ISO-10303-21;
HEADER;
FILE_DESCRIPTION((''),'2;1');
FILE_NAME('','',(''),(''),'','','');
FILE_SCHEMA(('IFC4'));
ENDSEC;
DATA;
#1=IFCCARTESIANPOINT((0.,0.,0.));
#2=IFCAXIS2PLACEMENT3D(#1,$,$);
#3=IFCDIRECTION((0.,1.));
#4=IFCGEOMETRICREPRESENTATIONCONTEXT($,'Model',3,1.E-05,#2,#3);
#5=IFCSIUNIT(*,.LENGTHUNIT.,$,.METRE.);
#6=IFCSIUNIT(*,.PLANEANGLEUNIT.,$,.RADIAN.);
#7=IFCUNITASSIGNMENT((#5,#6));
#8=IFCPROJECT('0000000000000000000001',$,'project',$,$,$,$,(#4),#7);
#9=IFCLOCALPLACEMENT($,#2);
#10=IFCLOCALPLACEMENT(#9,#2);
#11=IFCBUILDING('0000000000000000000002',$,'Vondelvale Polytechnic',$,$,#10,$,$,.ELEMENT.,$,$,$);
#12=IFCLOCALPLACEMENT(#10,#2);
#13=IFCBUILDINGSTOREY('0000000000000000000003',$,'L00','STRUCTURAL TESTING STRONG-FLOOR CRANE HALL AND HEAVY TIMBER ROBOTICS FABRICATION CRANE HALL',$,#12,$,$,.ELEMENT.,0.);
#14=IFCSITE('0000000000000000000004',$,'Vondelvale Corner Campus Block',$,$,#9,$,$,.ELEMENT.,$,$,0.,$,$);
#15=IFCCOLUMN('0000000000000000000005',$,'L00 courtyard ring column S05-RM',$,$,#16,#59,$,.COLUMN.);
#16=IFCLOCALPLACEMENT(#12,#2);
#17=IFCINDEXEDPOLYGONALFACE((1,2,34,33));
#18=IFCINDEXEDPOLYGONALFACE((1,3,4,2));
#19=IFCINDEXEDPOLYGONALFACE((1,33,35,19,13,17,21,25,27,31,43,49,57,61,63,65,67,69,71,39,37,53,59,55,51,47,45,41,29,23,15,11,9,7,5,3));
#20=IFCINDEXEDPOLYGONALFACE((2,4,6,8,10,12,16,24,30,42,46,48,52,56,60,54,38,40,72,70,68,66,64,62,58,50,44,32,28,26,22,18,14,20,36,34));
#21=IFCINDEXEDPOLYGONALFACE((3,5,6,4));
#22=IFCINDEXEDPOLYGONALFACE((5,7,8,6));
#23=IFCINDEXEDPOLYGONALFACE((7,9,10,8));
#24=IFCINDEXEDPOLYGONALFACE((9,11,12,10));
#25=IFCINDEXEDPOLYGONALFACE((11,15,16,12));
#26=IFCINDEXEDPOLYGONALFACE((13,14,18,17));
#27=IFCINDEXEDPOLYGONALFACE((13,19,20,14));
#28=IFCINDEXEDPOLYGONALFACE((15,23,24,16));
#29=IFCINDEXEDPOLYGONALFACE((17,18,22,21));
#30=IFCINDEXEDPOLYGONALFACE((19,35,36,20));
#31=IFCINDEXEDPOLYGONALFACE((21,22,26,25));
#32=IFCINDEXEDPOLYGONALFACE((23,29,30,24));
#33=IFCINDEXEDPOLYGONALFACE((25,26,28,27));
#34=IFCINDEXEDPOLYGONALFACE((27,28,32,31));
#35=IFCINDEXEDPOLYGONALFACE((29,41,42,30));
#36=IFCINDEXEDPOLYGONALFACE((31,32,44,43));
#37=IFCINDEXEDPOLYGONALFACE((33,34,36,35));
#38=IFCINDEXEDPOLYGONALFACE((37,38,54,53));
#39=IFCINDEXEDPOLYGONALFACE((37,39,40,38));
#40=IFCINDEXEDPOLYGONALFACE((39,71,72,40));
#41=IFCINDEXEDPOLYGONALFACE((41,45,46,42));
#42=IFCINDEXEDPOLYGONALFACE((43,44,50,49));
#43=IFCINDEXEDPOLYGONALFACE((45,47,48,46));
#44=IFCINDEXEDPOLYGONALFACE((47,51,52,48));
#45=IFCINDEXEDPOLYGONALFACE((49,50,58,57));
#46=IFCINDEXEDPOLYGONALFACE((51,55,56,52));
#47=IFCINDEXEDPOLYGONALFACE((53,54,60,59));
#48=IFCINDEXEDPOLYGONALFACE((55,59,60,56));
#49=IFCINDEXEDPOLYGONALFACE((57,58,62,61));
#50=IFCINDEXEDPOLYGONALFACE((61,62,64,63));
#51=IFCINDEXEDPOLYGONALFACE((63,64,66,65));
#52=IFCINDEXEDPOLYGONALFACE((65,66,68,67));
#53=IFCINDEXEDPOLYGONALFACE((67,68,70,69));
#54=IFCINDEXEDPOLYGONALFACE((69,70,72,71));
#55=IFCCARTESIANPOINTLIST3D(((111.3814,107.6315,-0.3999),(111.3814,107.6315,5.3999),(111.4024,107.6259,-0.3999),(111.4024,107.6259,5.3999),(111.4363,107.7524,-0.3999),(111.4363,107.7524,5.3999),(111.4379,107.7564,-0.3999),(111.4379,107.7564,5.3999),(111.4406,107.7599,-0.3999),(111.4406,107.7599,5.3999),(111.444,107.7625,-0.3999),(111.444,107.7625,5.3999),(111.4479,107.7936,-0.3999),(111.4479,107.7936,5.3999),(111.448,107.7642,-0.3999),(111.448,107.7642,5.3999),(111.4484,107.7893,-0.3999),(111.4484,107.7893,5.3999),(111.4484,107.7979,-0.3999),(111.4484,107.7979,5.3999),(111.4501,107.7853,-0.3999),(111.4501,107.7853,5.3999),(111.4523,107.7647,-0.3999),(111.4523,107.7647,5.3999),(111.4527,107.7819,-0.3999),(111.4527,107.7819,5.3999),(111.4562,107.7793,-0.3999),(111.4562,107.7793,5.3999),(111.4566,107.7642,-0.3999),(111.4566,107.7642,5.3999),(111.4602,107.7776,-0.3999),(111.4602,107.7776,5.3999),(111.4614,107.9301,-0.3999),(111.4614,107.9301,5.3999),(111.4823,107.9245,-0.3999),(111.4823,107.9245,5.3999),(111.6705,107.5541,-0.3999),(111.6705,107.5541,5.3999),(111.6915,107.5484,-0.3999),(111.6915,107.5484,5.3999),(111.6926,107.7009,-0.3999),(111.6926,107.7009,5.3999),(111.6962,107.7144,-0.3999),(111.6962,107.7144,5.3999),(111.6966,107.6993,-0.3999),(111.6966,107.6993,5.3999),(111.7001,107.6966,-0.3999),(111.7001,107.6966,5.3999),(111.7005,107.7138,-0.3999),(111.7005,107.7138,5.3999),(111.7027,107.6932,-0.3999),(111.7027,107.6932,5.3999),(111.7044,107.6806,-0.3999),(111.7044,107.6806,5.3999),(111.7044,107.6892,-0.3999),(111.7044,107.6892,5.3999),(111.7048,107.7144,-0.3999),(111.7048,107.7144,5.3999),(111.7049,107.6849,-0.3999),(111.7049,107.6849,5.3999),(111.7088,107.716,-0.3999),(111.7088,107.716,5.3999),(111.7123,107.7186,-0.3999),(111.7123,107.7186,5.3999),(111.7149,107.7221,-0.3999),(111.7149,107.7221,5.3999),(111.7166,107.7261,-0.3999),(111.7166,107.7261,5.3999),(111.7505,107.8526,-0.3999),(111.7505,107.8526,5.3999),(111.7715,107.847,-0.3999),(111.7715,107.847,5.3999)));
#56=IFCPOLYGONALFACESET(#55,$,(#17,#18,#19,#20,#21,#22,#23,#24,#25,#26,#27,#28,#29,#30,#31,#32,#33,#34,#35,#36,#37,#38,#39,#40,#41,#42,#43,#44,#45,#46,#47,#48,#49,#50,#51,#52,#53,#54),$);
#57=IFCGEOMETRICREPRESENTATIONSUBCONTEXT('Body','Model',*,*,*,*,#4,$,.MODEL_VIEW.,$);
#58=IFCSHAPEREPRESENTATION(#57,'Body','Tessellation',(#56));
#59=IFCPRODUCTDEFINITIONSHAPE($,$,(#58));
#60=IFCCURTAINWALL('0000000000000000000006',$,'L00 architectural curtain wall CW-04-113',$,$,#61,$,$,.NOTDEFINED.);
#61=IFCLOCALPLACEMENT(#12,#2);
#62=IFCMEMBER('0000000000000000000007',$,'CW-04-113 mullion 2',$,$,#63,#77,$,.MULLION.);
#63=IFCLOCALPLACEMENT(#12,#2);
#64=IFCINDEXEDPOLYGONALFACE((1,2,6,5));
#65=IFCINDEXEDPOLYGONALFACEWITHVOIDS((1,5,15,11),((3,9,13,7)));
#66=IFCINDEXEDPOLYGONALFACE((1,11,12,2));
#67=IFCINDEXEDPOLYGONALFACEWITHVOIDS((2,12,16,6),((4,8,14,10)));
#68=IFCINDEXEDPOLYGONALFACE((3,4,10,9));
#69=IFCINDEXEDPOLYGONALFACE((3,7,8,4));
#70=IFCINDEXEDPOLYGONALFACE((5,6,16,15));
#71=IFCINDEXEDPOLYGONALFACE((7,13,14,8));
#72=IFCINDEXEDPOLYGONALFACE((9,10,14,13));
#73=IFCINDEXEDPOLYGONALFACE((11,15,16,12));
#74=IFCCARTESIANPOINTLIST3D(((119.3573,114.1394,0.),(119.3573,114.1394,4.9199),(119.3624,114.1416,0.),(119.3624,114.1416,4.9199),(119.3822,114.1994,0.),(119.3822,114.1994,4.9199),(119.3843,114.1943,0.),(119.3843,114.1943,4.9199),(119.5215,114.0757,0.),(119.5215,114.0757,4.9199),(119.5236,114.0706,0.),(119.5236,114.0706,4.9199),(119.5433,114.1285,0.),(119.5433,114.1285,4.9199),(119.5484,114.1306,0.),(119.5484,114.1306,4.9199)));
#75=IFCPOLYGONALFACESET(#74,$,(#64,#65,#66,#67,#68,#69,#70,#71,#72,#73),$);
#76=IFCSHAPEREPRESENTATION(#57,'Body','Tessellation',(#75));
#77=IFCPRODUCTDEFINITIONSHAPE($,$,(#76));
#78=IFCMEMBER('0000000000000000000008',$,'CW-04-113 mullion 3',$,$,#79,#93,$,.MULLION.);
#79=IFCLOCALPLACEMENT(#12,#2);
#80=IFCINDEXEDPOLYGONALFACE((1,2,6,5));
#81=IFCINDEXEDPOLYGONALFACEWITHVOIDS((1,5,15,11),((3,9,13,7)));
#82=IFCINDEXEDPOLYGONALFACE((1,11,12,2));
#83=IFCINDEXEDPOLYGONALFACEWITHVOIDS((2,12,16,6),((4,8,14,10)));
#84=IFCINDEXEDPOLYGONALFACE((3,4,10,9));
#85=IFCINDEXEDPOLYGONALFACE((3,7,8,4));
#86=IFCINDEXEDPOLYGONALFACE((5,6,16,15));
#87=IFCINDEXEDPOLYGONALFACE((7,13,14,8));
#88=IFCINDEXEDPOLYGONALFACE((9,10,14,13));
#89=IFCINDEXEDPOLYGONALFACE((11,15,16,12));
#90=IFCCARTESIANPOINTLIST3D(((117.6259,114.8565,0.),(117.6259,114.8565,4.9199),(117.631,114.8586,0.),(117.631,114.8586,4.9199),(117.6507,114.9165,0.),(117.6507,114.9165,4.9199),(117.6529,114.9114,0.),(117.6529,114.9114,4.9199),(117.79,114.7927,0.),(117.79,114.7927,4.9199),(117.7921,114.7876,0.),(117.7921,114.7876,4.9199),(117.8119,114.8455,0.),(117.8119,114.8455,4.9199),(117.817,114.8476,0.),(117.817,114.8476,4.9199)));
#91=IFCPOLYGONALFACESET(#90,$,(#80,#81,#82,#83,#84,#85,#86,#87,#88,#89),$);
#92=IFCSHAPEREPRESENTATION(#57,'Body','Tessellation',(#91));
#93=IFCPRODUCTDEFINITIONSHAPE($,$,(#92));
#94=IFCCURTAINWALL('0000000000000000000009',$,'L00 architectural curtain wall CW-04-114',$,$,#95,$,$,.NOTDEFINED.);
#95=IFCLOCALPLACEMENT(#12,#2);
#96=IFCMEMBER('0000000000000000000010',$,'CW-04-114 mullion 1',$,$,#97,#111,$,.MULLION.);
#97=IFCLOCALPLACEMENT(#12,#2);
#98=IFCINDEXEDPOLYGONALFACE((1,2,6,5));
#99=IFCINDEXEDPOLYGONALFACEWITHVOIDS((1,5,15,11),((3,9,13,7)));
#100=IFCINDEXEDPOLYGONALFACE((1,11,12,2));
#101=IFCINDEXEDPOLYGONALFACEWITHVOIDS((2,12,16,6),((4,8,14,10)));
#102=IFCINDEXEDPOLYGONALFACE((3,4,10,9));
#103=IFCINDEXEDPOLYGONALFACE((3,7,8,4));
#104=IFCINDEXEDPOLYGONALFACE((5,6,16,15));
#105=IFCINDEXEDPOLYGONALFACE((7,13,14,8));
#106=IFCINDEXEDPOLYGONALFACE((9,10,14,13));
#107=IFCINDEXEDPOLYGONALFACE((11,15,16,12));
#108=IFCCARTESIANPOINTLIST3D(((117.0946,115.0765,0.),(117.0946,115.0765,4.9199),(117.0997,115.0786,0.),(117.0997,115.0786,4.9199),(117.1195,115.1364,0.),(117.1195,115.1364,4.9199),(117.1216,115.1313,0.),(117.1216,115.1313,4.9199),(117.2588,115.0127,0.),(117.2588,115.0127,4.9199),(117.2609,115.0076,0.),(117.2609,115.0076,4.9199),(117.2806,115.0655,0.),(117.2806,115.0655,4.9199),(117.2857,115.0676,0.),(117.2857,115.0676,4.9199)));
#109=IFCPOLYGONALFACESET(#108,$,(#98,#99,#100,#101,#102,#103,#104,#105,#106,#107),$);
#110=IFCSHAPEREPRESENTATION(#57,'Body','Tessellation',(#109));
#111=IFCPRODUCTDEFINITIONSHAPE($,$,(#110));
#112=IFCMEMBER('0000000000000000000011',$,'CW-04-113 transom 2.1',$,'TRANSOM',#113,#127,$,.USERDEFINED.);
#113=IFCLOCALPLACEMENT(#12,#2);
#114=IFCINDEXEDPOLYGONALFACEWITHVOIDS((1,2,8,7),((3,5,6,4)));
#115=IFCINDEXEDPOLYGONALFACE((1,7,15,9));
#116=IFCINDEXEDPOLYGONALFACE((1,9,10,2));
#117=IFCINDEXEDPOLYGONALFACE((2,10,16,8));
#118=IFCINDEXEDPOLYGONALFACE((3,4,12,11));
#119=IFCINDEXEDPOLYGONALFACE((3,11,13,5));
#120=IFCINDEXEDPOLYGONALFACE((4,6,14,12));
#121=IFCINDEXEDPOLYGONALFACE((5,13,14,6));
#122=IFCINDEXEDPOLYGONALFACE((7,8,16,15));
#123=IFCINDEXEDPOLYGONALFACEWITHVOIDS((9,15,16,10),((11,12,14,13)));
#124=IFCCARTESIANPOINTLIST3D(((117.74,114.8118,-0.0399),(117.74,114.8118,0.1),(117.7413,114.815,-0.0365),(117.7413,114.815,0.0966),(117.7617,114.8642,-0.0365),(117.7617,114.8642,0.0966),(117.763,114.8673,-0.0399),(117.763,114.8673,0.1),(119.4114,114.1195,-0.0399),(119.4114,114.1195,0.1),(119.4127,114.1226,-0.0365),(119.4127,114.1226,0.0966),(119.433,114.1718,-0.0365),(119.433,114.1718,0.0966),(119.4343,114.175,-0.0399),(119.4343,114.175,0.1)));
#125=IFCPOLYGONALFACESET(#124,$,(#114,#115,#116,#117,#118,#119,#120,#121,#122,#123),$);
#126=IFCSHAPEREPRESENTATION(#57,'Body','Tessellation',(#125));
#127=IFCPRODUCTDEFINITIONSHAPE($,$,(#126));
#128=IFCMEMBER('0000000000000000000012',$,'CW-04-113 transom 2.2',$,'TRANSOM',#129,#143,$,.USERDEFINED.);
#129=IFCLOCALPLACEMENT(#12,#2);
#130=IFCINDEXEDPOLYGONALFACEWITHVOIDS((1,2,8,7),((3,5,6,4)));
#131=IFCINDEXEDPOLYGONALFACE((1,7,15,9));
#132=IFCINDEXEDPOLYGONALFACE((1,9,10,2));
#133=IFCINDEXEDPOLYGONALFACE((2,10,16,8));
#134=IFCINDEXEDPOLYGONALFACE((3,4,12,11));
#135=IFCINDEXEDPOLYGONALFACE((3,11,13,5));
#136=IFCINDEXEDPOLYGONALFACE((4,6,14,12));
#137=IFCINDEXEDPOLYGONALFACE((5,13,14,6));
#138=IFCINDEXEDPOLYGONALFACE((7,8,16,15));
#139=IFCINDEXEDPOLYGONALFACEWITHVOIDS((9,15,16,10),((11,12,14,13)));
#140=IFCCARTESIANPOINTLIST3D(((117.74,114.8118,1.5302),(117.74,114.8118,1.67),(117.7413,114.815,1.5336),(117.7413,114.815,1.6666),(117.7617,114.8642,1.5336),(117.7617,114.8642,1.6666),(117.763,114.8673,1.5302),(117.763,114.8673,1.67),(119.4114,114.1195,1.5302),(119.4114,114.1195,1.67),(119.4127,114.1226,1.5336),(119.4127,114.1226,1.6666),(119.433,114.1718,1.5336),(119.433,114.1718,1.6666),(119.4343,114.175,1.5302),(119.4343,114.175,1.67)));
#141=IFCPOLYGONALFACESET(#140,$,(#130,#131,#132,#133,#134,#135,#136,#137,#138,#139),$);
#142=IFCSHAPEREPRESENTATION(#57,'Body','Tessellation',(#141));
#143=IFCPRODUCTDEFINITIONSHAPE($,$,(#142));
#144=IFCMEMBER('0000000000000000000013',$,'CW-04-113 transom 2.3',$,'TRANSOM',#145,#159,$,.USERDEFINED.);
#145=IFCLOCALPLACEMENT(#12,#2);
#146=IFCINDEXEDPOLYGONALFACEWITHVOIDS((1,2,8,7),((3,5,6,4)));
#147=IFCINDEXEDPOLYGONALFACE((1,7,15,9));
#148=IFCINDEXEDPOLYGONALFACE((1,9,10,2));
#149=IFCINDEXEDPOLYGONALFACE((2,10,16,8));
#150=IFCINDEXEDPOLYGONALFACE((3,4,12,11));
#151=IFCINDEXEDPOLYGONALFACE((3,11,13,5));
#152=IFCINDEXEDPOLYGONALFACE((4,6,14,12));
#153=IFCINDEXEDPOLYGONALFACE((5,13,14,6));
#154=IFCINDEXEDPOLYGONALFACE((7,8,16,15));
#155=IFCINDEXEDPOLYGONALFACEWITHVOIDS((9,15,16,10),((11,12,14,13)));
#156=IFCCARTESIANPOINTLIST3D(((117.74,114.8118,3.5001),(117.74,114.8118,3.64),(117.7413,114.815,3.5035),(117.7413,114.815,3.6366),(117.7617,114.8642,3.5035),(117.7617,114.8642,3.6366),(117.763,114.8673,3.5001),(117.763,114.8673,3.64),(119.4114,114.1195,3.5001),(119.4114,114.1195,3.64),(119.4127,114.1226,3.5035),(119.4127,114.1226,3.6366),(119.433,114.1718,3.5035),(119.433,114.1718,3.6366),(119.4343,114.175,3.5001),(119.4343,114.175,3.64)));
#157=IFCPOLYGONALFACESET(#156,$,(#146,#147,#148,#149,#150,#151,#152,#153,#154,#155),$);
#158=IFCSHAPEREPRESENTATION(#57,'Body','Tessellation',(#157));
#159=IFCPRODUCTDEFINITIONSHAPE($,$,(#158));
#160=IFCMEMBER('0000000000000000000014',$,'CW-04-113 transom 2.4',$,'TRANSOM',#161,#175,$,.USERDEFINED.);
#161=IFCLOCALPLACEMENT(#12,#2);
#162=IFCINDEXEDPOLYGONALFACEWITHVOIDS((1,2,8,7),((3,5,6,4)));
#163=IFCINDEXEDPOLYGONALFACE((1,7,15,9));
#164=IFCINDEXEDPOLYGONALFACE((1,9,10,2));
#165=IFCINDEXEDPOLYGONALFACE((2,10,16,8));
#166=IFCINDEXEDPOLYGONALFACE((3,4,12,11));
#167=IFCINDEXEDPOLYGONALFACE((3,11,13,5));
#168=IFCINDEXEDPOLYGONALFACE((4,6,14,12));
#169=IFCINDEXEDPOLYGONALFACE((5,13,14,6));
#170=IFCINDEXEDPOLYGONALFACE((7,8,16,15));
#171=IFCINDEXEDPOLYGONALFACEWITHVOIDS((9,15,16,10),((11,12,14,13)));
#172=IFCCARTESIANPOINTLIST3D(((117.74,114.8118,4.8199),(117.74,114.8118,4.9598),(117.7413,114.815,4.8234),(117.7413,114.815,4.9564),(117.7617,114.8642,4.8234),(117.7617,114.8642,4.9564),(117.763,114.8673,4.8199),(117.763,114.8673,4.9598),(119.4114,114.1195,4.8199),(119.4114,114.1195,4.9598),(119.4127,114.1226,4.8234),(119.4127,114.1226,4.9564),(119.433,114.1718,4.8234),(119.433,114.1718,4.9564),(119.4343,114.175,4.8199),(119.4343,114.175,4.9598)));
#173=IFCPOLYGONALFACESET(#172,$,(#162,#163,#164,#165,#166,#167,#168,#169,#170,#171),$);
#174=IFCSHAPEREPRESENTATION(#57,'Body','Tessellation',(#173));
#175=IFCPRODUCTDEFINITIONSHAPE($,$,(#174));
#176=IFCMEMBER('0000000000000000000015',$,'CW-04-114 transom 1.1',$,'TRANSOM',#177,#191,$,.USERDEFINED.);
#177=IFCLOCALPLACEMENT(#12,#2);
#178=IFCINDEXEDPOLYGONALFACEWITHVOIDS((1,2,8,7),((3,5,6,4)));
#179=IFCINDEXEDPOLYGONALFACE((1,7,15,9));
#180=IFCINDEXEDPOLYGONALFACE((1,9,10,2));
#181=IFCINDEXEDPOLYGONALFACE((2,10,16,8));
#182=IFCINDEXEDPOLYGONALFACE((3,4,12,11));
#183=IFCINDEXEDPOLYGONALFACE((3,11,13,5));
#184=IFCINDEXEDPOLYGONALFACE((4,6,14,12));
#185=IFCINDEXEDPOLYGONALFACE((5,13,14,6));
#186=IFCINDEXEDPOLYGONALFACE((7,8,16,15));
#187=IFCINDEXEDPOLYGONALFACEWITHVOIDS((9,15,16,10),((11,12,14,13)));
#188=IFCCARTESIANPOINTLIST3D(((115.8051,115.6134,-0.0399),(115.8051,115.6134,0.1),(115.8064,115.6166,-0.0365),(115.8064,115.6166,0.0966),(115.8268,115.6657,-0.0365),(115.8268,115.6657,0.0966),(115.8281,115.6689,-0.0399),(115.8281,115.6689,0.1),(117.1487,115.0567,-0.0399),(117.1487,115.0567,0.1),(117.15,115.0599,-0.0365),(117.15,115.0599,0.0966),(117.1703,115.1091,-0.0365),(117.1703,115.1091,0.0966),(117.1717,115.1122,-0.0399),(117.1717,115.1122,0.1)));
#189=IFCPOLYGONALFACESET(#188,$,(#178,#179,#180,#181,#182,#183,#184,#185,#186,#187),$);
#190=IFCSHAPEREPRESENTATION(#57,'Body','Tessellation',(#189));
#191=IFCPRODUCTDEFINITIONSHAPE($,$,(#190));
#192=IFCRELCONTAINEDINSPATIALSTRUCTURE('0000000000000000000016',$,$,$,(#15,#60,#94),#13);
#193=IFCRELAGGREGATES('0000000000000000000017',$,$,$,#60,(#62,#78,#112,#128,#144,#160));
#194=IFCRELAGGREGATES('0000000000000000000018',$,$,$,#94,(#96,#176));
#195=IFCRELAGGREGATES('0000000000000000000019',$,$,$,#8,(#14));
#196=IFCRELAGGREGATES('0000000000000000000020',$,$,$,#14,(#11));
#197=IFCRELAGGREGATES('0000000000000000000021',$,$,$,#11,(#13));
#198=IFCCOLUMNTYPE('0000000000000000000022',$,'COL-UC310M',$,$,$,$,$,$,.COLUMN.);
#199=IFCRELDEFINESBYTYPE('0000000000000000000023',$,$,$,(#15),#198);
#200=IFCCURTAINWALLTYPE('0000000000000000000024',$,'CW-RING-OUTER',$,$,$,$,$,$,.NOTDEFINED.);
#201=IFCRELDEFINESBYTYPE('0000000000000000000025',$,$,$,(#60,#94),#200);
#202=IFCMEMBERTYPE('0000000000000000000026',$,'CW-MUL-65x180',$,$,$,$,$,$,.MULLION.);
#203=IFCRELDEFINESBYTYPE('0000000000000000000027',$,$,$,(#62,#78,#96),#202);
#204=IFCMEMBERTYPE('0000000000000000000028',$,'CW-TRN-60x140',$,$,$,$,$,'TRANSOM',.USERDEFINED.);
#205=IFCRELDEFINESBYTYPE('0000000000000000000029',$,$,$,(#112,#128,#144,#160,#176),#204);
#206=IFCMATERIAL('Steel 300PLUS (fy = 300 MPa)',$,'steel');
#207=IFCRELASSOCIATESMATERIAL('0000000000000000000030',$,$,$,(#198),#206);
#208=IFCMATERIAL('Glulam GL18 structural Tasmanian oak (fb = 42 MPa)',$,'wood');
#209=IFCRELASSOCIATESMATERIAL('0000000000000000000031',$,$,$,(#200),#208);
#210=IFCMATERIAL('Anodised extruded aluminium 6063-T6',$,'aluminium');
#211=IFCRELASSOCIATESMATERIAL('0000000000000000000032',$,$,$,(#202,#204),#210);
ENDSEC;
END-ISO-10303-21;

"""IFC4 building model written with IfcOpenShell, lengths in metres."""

from ifc_helpers import new_model, si_unit, direction, frame, origin, origin_2d, place, context, subcontext, project, spatial, hollow_rectangle, i_section, extrude, material, material_profile, profile_set, type_object, element, aggregate, save


model = new_model("IFC4")

# Units and contexts
model_context = context("Model", 3, precision=1e-05, world=origin(), true_north=direction((0.0, 1.0)))
body_context = subcontext(model_context, "Body", "Model", "MODEL_VIEW")
ifc_project = project(units=[si_unit("LENGTHUNIT", "METRE"), si_unit("PLANEANGLEUNIT", "RADIAN")], contexts=[model_context])

# Site, building, storey
site_placement = place(None, origin())
site = spatial("IfcSite", under=ifc_project, at=site_placement, Name="Vondelvale Corner Campus Block", CompositionType="ELEMENT", RefElevation=0.0)
building_placement = place(site_placement, origin())
building = spatial("IfcBuilding", under=site, at=building_placement, Name="Vondelvale Polytechnic", CompositionType="ELEMENT")
storey_placement = place(building_placement, origin())
storey = spatial("IfcBuildingStorey", under=building, at=storey_placement, Name="L00", Description="STRUCTURAL TESTING STRONG-FLOOR CRANE HALL AND HEAVY TIMBER ROBOTICS FABRICATION CRANE HALL", CompositionType="ELEMENT", Elevation=0.0)

# Column
ifc_material_1 = material(Name="Glulam GL18 structural Tasmanian oak (fb = 42 MPa)", Category="wood")
ifc_material_2 = material(Name="Steel 300PLUS (fy = 300 MPa)", Category="steel")
ifc_material_profile_1 = material_profile(ifc_material_2, i_section(OverallWidth=0.3091, OverallDepth=0.321, WebThickness=0.0139, FlangeThickness=0.0217, FilletRadius=0.0166, at=origin_2d()), Name="310UC137")
ifc_profile_set_1 = profile_set([ifc_material_profile_1], Name="Steel 300PLUS (fy = 300 MPa)")
column_type_1 = type_object("IfcColumnType", Name="COL-UC310M", PredefinedType="COLUMN", material=ifc_profile_set_1)
for number, where, z_axis, x_axis, name in (
    (1, (111.5764, 107.7393, -0.3999), (0.0, 0.0, 1.0), (0.258819, 0.965926, 0.0), "L00 courtyard ring column S05-RM"),
):
    element("IfcColumn", number, at=place(storey_placement, frame(where, z_axis=z_axis, x_axis=x_axis)), inside=storey, type_object=column_type_1, Name=name, PredefinedType="COLUMN", context=body_context, shape_type="SweptSolid", body=[
        extrude(i_section(OverallWidth=0.3091, OverallDepth=0.321, WebThickness=0.0139, FlangeThickness=0.0217, FilletRadius=0.0166, at=origin_2d()), origin(), (0.0, 0.0, 1.0), 5.7998),
    ])

# Curtain wall, members
curtain_wall_type = type_object("IfcCurtainWallType", Name="CW-RING-OUTER", PredefinedType="NOTDEFINED", material=ifc_material_1)
curtain_wall_1_placement = place(storey_placement, origin())
curtain_wall_1 = element("IfcCurtainWall", 2, at=curtain_wall_1_placement, inside=storey, type_object=curtain_wall_type, Name="L00 architectural curtain wall CW-04-113", PredefinedType="NOTDEFINED")
ifc_material_3 = material(Name="Anodised extruded aluminium 6063-T6", Category="aluminium")
ifc_material_profile_2 = material_profile(ifc_material_3, hollow_rectangle(XDim=0.0649, YDim=0.1799, WallThickness=0.0039, at=origin_2d()), Name="CW-MUL-180x65")
ifc_profile_set_2 = profile_set([ifc_material_profile_2], Name="Anodised extruded aluminium 6063-T6")
member_type_1 = type_object("IfcMemberType", Name="CW-MUL-65x180", PredefinedType="MULLION", material=ifc_profile_set_2)
member_1_placement = place(storey_placement, frame((119.4529, 114.135, 0.0), z_axis=(0.0, 0.0, 1.0), x_axis=(-0.382695, -0.923875, 0.0)))
member_1 = element("IfcMember", 3, at=member_1_placement, type_object=member_type_1, Name="CW-04-113 mullion 2", PredefinedType="MULLION", context=body_context, shape_type="SweptSolid", body=[
    extrude(hollow_rectangle(XDim=0.0649, YDim=0.1799, WallThickness=0.0039, at=origin_2d()), origin(), (0.0, 0.0, 1.0), 4.9199),
])
member_2_placement = place(storey_placement, frame((117.7214, 114.8521, 0.0), z_axis=(0.0, 0.0, 1.0), x_axis=(-0.382695, -0.923875, 0.0)))
member_2 = element("IfcMember", 4, at=member_2_placement, type_object=member_type_1, Name="CW-04-113 mullion 3", PredefinedType="MULLION", context=body_context, shape_type="SweptSolid", body=[
    extrude(hollow_rectangle(XDim=0.0649, YDim=0.1799, WallThickness=0.0039, at=origin_2d()), origin(), (0.0, 0.0, 1.0), 4.9199),
])

# Curtain wall, member
curtain_wall_2_placement = place(storey_placement, origin())
curtain_wall_2 = element("IfcCurtainWall", 5, at=curtain_wall_2_placement, inside=storey, type_object=curtain_wall_type, Name="L00 architectural curtain wall CW-04-114", PredefinedType="NOTDEFINED")
member_3_placement = place(storey_placement, frame((117.1902, 115.072, 0.0), z_axis=(0.0, 0.0, 1.0), x_axis=(-0.382679, -0.923881, 0.0)))
member_3 = element("IfcMember", 6, at=member_3_placement, type_object=member_type_1, Name="CW-04-114 mullion 1", PredefinedType="MULLION", context=body_context, shape_type="SweptSolid", body=[
    extrude(hollow_rectangle(XDim=0.0649, YDim=0.1799, WallThickness=0.0039, at=origin_2d()), origin(), (0.0, 0.0, 1.0), 4.9199),
])

# Members
ifc_material_profile_3 = material_profile(ifc_material_3, hollow_rectangle(XDim=0.0601, YDim=0.1399, WallThickness=0.0034, at=origin_2d()), Name="CW-TRN-140x60")
ifc_profile_set_3 = profile_set([ifc_material_profile_3], Name="Anodised extruded aluminium 6063-T6")
member_type_2 = type_object("IfcMemberType", Name="CW-TRN-60x140", ElementType="TRANSOM", PredefinedType="USERDEFINED", material=ifc_profile_set_3)
member_4_placement = place(storey_placement, frame((119.4229, 114.1472, 0.03), z_axis=(-0.923866, 0.382717, 0.0), x_axis=(-0.382717, -0.923866, 0.0)))
member_4 = element("IfcMember", 7, at=member_4_placement, type_object=member_type_2, Name="CW-04-113 transom 2.1", ObjectType="TRANSOM", PredefinedType="USERDEFINED", context=body_context, shape_type="SweptSolid", body=[
    extrude(hollow_rectangle(XDim=0.0601, YDim=0.1399, WallThickness=0.0034, at=origin_2d()), origin(), (0.0, 0.0, 1.0), 1.8091),
])
member_5_placement = place(storey_placement, frame((119.4229, 114.1472, 1.6001), z_axis=(-0.923866, 0.382717, 0.0), x_axis=(-0.382717, -0.923866, 0.0)))
member_5 = element("IfcMember", 8, at=member_5_placement, type_object=member_type_2, Name="CW-04-113 transom 2.2", ObjectType="TRANSOM", PredefinedType="USERDEFINED", context=body_context, shape_type="SweptSolid", body=[
    extrude(hollow_rectangle(XDim=0.0601, YDim=0.1399, WallThickness=0.0034, at=origin_2d()), origin(), (0.0, 0.0, 1.0), 1.8091),
])
member_6_placement = place(storey_placement, frame((119.4229, 114.1472, 3.5701), z_axis=(-0.923866, 0.382717, 0.0), x_axis=(-0.382717, -0.923866, 0.0)))
member_6 = element("IfcMember", 9, at=member_6_placement, type_object=member_type_2, Name="CW-04-113 transom 2.3", ObjectType="TRANSOM", PredefinedType="USERDEFINED", context=body_context, shape_type="SweptSolid", body=[
    extrude(hollow_rectangle(XDim=0.0601, YDim=0.1399, WallThickness=0.0034, at=origin_2d()), origin(), (0.0, 0.0, 1.0), 1.8091),
])
member_7_placement = place(storey_placement, frame((119.4229, 114.1472, 4.8899), z_axis=(-0.923866, 0.382717, 0.0), x_axis=(-0.382717, -0.923866, 0.0)))
member_7 = element("IfcMember", 10, at=member_7_placement, type_object=member_type_2, Name="CW-04-113 transom 2.4", ObjectType="TRANSOM", PredefinedType="USERDEFINED", context=body_context, shape_type="SweptSolid", body=[
    extrude(hollow_rectangle(XDim=0.0601, YDim=0.1399, WallThickness=0.0034, at=origin_2d()), origin(), (0.0, 0.0, 1.0), 1.8091),
])
member_8_placement = place(storey_placement, frame((117.1602, 115.0845, 0.03), z_axis=(-0.923845, 0.382767, 0.0), x_axis=(-0.382767, -0.923845, 0.0)))
member_8 = element("IfcMember", 11, at=member_8_placement, type_object=member_type_2, Name="CW-04-114 transom 1.1", ObjectType="TRANSOM", PredefinedType="USERDEFINED", context=body_context, shape_type="SweptSolid", body=[
    extrude(hollow_rectangle(XDim=0.0601, YDim=0.1399, WallThickness=0.0034, at=origin_2d()), origin(), (0.0, 0.0, 1.0), 1.4543),
])

aggregate(curtain_wall_1, [member_1, member_2, member_4, member_5, member_6, member_7])
aggregate(curtain_wall_2, [member_3, member_8])

save(model, "model.ifc")
